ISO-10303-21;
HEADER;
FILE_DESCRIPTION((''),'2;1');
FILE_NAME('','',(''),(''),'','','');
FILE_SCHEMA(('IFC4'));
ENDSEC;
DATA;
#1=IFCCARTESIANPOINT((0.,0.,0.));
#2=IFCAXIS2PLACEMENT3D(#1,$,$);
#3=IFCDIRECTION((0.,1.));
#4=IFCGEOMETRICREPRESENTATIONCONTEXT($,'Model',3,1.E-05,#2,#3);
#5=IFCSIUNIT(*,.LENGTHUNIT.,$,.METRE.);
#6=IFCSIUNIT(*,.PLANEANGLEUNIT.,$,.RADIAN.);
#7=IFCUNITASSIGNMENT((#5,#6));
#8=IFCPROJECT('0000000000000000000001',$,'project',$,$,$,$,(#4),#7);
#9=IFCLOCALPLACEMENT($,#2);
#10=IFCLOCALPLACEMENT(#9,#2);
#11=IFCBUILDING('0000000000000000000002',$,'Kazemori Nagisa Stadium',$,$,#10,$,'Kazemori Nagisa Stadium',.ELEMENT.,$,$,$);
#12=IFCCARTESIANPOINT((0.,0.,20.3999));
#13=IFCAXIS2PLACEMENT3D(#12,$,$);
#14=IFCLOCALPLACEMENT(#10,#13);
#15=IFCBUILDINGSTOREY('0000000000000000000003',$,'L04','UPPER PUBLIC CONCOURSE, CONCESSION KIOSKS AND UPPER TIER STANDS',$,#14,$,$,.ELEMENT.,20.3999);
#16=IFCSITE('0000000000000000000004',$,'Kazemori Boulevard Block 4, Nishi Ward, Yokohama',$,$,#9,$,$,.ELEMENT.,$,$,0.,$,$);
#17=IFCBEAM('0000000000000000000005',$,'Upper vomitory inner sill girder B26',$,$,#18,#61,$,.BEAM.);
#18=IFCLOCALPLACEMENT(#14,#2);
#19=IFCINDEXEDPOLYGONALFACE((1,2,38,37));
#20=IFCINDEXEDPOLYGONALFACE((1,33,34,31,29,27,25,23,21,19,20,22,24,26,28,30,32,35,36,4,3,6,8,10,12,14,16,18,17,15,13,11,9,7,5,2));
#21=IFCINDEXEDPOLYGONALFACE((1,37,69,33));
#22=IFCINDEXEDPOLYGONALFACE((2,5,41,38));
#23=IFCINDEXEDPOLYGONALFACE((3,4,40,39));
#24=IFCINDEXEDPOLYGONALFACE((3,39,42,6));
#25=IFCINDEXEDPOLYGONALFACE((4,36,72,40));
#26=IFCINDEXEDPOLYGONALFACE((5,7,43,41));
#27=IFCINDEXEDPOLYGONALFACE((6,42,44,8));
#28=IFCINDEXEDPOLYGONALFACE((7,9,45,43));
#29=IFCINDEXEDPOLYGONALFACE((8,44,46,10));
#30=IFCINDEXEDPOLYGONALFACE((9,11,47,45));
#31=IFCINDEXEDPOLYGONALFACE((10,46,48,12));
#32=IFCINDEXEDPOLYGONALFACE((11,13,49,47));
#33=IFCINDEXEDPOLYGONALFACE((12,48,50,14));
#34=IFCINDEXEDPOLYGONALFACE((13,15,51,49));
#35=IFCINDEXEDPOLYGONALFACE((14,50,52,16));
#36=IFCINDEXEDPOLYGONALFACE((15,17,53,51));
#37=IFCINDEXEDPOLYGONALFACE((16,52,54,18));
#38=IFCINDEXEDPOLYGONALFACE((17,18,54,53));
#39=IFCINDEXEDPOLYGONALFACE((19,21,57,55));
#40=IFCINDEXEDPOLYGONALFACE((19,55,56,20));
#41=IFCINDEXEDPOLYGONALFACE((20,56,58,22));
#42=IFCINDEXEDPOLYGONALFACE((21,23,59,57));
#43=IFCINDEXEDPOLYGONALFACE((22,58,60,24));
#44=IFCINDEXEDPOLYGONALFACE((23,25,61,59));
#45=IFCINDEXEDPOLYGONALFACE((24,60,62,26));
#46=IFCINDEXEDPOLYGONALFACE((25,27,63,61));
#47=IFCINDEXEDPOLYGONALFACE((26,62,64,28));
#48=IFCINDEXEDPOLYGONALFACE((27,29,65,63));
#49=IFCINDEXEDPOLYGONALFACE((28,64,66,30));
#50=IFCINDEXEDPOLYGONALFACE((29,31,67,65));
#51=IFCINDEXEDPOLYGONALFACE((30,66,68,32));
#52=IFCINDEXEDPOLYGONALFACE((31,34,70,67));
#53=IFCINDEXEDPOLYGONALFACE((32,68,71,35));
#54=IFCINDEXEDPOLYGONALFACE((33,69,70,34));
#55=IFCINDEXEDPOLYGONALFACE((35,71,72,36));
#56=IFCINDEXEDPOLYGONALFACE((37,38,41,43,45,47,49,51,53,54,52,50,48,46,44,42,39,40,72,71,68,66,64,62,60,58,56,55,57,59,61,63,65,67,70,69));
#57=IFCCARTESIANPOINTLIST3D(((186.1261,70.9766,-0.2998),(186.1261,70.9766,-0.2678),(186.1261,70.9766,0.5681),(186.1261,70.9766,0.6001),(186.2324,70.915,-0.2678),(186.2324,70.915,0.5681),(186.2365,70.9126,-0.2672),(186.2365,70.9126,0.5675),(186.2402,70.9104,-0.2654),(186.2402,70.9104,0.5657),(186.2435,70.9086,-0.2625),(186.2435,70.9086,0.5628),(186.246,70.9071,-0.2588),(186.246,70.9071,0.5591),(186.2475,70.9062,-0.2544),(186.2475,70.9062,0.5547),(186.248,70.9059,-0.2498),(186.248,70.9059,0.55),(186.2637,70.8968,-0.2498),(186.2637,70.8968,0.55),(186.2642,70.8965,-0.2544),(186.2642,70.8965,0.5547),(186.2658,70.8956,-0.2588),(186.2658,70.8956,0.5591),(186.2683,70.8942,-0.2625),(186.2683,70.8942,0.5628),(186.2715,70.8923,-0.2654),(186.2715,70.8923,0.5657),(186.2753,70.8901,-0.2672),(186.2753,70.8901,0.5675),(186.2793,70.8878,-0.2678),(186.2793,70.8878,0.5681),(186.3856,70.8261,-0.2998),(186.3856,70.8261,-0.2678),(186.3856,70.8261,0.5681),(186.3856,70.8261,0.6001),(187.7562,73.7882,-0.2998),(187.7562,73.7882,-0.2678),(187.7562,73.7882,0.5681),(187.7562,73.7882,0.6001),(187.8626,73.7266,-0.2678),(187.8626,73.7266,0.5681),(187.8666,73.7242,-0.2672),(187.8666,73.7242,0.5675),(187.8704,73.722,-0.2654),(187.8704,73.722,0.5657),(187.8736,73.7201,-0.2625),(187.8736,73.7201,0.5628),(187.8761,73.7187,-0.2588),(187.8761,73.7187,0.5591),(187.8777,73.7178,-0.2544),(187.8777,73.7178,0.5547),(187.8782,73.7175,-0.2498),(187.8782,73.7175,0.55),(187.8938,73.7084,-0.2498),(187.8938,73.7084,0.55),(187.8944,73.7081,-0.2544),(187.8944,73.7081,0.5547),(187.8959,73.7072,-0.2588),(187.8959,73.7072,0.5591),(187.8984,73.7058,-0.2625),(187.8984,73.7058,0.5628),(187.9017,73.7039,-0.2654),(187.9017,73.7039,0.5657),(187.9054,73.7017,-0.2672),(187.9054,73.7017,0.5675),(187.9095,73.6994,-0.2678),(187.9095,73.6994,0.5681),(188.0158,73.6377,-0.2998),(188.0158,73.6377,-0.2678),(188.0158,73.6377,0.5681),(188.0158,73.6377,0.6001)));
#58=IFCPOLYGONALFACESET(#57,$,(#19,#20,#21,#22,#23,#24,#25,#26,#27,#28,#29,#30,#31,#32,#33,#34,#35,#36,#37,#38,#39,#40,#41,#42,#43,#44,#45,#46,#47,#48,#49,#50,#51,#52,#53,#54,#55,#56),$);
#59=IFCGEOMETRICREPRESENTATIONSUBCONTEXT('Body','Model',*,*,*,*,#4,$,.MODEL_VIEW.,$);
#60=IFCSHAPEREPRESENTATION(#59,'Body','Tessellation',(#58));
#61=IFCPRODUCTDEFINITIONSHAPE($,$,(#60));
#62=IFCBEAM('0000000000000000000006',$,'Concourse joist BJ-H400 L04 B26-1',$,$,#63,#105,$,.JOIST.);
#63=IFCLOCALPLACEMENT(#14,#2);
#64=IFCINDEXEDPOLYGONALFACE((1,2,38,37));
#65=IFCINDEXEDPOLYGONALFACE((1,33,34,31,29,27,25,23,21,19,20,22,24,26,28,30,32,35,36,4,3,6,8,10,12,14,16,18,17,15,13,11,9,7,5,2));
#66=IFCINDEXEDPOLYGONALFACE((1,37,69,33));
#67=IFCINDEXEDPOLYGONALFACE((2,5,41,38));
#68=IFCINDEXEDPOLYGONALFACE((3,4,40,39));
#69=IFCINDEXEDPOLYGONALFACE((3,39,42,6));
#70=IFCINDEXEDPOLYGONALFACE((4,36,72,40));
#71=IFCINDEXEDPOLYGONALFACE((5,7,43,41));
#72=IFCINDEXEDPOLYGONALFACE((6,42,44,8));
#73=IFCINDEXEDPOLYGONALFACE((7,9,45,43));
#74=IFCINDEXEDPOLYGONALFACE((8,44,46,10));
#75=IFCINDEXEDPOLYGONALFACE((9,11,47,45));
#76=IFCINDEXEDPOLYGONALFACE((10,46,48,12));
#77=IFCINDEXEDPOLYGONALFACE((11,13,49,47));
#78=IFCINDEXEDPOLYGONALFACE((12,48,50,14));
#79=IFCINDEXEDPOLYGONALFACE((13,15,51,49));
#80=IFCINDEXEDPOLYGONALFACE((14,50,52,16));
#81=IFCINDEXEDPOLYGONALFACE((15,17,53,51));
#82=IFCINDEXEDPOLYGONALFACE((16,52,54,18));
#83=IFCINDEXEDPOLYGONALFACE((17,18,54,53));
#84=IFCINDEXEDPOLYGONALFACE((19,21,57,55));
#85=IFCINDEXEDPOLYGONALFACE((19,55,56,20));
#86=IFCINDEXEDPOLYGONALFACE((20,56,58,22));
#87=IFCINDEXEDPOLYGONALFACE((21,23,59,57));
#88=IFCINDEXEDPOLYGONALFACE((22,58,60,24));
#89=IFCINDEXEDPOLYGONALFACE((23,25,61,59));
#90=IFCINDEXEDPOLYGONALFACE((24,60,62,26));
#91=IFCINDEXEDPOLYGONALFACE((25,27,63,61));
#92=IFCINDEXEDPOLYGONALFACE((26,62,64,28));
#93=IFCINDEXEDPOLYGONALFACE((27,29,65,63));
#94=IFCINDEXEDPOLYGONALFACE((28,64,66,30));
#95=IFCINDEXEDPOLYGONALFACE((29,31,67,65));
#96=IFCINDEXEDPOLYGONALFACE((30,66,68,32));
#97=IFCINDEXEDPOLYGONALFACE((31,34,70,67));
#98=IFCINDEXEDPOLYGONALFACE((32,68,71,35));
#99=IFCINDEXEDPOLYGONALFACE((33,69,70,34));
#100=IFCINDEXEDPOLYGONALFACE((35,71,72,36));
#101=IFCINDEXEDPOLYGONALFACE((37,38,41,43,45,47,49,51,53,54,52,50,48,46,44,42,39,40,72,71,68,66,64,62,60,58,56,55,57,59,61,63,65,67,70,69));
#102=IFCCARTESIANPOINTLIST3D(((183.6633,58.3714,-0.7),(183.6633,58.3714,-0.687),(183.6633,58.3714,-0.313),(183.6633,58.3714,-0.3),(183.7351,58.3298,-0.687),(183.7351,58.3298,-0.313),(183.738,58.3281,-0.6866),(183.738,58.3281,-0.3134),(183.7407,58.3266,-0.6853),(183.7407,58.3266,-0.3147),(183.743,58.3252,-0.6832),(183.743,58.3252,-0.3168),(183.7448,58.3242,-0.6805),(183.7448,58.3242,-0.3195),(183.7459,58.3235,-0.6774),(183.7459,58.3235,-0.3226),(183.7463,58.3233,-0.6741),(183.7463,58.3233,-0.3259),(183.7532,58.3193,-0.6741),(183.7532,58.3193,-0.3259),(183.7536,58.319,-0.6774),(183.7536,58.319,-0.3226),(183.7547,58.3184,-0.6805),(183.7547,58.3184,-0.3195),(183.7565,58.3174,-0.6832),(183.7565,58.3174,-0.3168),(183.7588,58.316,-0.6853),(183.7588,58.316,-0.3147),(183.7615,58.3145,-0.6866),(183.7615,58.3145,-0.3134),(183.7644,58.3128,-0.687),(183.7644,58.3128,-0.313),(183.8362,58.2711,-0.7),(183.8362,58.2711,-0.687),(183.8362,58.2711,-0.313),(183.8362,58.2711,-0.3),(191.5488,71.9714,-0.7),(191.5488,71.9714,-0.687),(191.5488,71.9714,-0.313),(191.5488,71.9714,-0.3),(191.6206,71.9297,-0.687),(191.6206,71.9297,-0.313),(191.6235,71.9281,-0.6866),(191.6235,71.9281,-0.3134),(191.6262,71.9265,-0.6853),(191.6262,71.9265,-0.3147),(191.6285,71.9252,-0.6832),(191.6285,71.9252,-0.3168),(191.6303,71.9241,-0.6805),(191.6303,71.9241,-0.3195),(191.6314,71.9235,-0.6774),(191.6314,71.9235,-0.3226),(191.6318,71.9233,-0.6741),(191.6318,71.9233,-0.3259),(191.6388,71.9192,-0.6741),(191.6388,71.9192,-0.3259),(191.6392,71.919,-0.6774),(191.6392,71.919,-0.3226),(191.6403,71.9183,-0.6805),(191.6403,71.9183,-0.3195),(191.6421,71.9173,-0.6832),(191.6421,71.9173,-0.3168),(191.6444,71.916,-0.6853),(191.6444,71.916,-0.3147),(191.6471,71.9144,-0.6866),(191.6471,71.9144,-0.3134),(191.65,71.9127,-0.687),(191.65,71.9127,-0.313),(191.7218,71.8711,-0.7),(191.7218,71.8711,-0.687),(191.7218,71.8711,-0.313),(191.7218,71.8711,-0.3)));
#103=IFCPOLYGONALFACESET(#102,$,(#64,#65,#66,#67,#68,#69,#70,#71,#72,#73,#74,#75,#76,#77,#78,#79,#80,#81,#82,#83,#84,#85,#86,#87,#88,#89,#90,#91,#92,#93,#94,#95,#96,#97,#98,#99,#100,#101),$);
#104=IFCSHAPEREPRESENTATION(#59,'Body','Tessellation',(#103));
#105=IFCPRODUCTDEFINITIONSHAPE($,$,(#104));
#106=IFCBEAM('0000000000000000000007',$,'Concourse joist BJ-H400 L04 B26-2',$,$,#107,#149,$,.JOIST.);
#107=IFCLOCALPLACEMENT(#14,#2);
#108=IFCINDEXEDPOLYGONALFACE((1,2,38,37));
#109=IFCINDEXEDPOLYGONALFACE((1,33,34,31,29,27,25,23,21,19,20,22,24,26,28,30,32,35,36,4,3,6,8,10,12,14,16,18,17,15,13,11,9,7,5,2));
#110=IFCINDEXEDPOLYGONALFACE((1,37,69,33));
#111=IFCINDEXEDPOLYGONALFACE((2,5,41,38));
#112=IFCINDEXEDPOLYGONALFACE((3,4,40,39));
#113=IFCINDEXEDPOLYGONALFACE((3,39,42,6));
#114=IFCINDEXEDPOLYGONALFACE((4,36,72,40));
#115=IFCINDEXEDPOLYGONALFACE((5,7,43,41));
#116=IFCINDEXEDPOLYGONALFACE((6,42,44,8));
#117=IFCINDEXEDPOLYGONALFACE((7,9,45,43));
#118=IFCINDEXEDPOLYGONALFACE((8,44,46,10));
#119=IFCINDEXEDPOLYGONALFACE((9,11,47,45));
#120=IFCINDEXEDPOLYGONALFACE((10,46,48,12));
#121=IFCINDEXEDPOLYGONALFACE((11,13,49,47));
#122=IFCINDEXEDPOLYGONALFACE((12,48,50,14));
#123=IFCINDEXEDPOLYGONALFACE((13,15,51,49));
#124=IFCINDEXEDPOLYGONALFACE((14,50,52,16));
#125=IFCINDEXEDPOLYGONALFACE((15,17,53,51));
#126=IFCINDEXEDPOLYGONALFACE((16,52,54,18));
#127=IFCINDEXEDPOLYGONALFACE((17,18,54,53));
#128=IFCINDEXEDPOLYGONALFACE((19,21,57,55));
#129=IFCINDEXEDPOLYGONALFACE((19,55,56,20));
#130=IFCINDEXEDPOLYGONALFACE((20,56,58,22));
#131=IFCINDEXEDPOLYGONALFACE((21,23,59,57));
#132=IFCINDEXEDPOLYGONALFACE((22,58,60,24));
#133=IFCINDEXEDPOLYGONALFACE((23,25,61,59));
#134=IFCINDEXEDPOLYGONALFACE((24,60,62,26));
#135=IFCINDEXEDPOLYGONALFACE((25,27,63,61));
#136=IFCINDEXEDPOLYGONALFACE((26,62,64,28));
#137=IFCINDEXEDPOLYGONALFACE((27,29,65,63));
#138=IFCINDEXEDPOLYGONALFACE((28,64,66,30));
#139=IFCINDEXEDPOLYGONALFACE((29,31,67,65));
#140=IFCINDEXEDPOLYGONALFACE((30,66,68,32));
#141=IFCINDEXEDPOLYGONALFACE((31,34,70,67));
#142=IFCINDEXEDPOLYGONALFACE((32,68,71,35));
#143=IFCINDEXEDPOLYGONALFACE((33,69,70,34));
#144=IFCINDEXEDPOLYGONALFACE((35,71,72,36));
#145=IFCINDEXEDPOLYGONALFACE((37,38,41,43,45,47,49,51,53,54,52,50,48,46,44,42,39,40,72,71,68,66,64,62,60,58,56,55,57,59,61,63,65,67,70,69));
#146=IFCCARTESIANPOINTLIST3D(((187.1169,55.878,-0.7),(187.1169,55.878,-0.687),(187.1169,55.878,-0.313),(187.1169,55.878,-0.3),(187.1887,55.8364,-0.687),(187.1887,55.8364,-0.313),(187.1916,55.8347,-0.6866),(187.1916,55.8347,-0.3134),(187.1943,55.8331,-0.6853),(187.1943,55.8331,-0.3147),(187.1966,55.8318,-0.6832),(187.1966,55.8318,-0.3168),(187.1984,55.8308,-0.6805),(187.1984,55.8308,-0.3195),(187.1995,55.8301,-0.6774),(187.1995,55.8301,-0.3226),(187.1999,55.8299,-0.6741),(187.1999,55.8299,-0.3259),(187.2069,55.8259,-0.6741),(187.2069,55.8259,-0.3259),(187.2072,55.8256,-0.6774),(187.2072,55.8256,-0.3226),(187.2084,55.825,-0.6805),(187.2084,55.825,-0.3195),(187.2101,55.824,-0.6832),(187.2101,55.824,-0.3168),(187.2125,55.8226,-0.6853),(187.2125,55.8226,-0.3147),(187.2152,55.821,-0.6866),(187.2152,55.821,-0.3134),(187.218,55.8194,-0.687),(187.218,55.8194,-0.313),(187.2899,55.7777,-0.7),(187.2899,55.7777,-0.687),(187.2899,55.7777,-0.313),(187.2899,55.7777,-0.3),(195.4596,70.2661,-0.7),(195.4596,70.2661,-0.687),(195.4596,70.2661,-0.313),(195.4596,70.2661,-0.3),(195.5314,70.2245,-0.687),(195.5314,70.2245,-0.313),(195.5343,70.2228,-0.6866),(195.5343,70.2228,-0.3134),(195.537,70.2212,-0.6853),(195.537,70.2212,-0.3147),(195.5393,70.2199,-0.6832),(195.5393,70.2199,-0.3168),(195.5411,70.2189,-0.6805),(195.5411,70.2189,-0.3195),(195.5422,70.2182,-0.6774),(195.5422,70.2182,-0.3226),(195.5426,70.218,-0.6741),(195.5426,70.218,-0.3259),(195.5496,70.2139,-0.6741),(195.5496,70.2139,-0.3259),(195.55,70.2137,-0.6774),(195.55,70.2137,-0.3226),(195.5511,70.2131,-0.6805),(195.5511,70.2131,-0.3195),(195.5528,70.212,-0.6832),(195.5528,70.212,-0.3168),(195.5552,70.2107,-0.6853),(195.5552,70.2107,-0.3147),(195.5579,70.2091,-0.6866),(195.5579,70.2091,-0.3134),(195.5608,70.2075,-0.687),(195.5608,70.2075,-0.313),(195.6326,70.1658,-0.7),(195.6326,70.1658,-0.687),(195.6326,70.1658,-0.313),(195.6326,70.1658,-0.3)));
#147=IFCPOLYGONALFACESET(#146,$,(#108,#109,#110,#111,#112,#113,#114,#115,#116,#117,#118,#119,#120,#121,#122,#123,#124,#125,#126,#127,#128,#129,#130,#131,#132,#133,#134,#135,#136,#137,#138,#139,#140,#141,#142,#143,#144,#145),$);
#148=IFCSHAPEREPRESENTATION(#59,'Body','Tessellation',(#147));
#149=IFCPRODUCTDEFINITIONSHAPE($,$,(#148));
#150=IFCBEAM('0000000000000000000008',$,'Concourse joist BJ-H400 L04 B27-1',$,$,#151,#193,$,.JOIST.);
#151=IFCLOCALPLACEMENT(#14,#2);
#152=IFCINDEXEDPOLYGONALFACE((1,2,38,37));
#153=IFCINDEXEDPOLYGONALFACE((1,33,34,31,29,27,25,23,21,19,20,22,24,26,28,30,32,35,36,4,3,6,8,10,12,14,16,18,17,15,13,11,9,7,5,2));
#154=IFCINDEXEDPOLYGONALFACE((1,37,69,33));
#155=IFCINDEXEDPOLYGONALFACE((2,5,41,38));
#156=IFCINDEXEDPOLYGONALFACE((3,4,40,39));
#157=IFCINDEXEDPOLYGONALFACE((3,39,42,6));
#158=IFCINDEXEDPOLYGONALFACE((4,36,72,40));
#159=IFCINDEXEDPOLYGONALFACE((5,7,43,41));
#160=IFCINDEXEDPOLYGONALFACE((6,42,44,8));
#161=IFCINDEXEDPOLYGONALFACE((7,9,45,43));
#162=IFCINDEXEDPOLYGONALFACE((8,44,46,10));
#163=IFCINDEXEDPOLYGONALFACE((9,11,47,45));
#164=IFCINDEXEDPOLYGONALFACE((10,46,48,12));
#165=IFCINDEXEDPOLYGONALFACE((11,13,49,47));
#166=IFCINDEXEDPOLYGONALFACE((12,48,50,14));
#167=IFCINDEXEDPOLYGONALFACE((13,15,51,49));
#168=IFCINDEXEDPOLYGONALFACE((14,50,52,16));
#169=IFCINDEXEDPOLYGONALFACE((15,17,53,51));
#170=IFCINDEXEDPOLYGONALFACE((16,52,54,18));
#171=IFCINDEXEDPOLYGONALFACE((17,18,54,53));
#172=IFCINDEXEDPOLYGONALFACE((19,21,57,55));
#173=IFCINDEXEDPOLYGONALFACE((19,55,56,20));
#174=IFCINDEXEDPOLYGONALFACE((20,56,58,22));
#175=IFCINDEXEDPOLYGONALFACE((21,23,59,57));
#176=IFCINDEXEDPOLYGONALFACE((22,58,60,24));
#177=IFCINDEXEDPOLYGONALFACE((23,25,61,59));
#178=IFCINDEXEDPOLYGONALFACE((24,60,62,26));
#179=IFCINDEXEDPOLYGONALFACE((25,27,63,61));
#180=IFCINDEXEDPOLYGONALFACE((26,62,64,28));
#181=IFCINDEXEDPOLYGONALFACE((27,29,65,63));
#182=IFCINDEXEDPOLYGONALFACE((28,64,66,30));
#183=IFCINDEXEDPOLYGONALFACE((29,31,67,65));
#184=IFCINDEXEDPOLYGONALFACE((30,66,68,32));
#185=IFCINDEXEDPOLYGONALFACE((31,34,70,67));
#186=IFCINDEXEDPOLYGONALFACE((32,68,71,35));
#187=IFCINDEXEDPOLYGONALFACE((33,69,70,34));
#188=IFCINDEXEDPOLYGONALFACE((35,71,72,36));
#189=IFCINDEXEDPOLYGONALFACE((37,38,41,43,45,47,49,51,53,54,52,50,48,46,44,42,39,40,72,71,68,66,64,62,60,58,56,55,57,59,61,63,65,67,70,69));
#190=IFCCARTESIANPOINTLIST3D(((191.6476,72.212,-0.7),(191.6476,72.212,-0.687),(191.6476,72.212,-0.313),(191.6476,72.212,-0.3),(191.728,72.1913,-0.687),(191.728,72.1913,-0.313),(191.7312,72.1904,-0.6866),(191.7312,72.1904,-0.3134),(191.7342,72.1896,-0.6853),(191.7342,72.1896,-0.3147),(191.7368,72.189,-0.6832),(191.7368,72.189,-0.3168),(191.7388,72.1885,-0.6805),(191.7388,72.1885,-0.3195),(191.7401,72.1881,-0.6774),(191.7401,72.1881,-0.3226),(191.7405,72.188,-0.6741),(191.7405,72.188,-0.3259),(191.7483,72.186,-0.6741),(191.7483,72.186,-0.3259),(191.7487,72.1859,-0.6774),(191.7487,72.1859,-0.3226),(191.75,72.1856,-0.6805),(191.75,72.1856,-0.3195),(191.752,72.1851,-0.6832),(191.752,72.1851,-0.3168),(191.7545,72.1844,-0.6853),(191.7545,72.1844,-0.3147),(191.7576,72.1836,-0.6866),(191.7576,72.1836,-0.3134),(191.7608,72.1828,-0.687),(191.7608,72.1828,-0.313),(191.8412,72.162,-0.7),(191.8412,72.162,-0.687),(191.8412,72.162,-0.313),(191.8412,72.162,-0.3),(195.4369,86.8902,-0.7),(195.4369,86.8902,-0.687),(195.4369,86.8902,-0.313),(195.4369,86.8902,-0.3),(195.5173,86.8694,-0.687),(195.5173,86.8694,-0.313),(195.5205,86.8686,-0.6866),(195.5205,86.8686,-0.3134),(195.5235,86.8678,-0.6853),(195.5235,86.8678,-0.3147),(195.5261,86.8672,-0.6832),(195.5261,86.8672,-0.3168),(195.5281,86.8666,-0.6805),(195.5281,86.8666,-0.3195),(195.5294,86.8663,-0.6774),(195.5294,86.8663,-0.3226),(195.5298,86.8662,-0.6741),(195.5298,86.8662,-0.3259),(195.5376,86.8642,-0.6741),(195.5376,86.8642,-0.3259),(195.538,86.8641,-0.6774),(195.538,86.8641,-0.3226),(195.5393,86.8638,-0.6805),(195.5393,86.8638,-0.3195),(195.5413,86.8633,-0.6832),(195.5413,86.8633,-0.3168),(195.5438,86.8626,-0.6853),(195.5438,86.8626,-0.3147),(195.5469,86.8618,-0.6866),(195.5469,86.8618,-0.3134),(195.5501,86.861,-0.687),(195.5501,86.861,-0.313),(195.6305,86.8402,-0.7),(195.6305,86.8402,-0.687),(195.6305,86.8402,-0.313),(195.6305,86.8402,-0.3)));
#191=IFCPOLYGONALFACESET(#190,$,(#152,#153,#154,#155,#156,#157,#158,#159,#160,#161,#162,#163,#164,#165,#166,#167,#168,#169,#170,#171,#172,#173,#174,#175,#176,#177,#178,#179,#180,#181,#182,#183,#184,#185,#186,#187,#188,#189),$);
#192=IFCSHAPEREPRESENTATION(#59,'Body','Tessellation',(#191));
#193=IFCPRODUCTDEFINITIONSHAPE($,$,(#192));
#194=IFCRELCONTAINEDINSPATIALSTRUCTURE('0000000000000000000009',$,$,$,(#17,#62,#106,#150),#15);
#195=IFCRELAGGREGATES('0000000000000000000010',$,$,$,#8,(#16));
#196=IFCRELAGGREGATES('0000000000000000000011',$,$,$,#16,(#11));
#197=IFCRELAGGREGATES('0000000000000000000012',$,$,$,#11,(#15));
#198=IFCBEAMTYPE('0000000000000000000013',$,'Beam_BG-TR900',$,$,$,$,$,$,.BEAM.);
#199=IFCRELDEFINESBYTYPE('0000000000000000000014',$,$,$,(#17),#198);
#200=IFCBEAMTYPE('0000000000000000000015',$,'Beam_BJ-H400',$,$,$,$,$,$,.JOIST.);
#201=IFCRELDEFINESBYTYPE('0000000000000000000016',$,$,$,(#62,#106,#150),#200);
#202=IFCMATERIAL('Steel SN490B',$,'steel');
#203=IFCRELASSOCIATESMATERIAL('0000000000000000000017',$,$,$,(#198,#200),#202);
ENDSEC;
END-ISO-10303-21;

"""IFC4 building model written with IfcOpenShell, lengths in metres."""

from ifc_helpers import new_model, si_unit, direction, frame, origin, origin_2d, place, context, subcontext, project, spatial, i_section, extrude, material, material_profile, profile_set, type_object, element, save


model = new_model("IFC4")

# Units and contexts
model_context = context("Model", 3, precision=1e-05, world=origin(), true_north=direction((0.0, 1.0)))
body_context = subcontext(model_context, "Body", "Model", "MODEL_VIEW")
ifc_project = project(units=[si_unit("LENGTHUNIT", "METRE"), si_unit("PLANEANGLEUNIT", "RADIAN")], contexts=[model_context])

# Site, building, storey
site_placement = place(None, origin())
site = spatial("IfcSite", under=ifc_project, at=site_placement, Name="Kazemori Boulevard Block 4, Nishi Ward, Yokohama", CompositionType="ELEMENT", RefElevation=0.0)
building_placement = place(site_placement, origin())
building = spatial("IfcBuilding", under=site, at=building_placement, Name="Kazemori Nagisa Stadium", LongName="Kazemori Nagisa Stadium", CompositionType="ELEMENT")
storey_placement = place(building_placement, frame((0.0, 0.0, 20.3999)))
storey = spatial("IfcBuildingStorey", under=building, at=storey_placement, Name="L04", Description="UPPER PUBLIC CONCOURSE, CONCESSION KIOSKS AND UPPER TIER STANDS", CompositionType="ELEMENT", Elevation=20.3999)

# Beams
ifc_material_1 = material(Name="Steel SN490B", Category="steel")
ifc_material_profile_1 = material_profile(ifc_material_1, i_section(OverallWidth=0.3, OverallDepth=0.8999, WebThickness=0.0181, FlangeThickness=0.032, FilletRadius=0.0181, at=origin_2d()), Name="H-900x300x18x32")
ifc_profile_set_1 = profile_set([ifc_material_profile_1], Name="Steel SN490B")
beam_type_1 = type_object("IfcBeamType", Name="Beam_BG-TR900", PredefinedType="BEAM", material=ifc_profile_set_1)
beam_1_placement = place(storey_placement, frame((186.2559, 70.9014, 0.1501), z_axis=(0.50159, 0.865106, 0.0), x_axis=(-0.865106, 0.50159, 0.0)))
element("IfcBeam", 1, at=beam_1_placement, inside=storey, type_object=beam_type_1, Name="Upper vomitory inner sill girder B26", PredefinedType="BEAM", context=body_context, shape_type="SweptSolid", body=[
    extrude(i_section(OverallWidth=0.3, OverallDepth=0.8999, WebThickness=0.0181, FlangeThickness=0.032, FilletRadius=0.0181, at=origin_2d()), origin(), (0.0, 0.0, 1.0), 3.25),
])
ifc_material_profile_2 = material_profile(ifc_material_1, i_section(OverallWidth=0.2, OverallDepth=0.3999, WebThickness=0.0081, FlangeThickness=0.0129, FilletRadius=0.0129, at=origin_2d()), Name="H-400x200x8x13")
ifc_profile_set_2 = profile_set([ifc_material_profile_2], Name="Steel SN490B")
beam_type_2 = type_object("IfcBeamType", Name="Beam_BJ-H400", PredefinedType="JOIST", material=ifc_profile_set_2)
beam_2_placement = place(storey_placement, frame((183.7498, 58.3213, -0.5), z_axis=(0.501603, 0.865098, 0.0), x_axis=(-0.865098, 0.501603, 0.0)))
element("IfcBeam", 2, at=beam_2_placement, inside=storey, type_object=beam_type_2, Name="Concourse joist BJ-H400 L04 B26-1", PredefinedType="JOIST", context=body_context, shape_type="SweptSolid", body=[
    extrude(i_section(OverallWidth=0.2, OverallDepth=0.3999, WebThickness=0.0081, FlangeThickness=0.0129, FilletRadius=0.0129, at=origin_2d()), origin(), (0.0, 0.0, 1.0), 15.7207),
])
beam_3_placement = place(storey_placement, frame((187.2034, 55.8279, -0.5), z_axis=(0.501611, 0.865093, 0.0), x_axis=(-0.865093, 0.501611, 0.0)))
element("IfcBeam", 3, at=beam_3_placement, inside=storey, type_object=beam_type_2, Name="Concourse joist BJ-H400 L04 B26-2", PredefinedType="JOIST", context=body_context, shape_type="SweptSolid", body=[
    extrude(i_section(OverallWidth=0.2, OverallDepth=0.3999, WebThickness=0.0081, FlangeThickness=0.0129, FilletRadius=0.0129, at=origin_2d()), origin(), (0.0, 0.0, 1.0), 16.6318),
])
beam_4_placement = place(storey_placement, frame((191.7444, 72.187, -0.5), z_axis=(0.249963, 0.968255, 0.0), x_axis=(-0.968255, 0.249963, 0.0)))
element("IfcBeam", 4, at=beam_4_placement, inside=storey, type_object=beam_type_2, Name="Concourse joist BJ-H400 L04 B27-1", PredefinedType="JOIST", context=body_context, shape_type="SweptSolid", body=[
    extrude(i_section(OverallWidth=0.2, OverallDepth=0.3999, WebThickness=0.0081, FlangeThickness=0.0129, FilletRadius=0.0129, at=origin_2d()), origin(), (0.0, 0.0, 1.0), 15.1594),
])

save(model, "model.ifc")
